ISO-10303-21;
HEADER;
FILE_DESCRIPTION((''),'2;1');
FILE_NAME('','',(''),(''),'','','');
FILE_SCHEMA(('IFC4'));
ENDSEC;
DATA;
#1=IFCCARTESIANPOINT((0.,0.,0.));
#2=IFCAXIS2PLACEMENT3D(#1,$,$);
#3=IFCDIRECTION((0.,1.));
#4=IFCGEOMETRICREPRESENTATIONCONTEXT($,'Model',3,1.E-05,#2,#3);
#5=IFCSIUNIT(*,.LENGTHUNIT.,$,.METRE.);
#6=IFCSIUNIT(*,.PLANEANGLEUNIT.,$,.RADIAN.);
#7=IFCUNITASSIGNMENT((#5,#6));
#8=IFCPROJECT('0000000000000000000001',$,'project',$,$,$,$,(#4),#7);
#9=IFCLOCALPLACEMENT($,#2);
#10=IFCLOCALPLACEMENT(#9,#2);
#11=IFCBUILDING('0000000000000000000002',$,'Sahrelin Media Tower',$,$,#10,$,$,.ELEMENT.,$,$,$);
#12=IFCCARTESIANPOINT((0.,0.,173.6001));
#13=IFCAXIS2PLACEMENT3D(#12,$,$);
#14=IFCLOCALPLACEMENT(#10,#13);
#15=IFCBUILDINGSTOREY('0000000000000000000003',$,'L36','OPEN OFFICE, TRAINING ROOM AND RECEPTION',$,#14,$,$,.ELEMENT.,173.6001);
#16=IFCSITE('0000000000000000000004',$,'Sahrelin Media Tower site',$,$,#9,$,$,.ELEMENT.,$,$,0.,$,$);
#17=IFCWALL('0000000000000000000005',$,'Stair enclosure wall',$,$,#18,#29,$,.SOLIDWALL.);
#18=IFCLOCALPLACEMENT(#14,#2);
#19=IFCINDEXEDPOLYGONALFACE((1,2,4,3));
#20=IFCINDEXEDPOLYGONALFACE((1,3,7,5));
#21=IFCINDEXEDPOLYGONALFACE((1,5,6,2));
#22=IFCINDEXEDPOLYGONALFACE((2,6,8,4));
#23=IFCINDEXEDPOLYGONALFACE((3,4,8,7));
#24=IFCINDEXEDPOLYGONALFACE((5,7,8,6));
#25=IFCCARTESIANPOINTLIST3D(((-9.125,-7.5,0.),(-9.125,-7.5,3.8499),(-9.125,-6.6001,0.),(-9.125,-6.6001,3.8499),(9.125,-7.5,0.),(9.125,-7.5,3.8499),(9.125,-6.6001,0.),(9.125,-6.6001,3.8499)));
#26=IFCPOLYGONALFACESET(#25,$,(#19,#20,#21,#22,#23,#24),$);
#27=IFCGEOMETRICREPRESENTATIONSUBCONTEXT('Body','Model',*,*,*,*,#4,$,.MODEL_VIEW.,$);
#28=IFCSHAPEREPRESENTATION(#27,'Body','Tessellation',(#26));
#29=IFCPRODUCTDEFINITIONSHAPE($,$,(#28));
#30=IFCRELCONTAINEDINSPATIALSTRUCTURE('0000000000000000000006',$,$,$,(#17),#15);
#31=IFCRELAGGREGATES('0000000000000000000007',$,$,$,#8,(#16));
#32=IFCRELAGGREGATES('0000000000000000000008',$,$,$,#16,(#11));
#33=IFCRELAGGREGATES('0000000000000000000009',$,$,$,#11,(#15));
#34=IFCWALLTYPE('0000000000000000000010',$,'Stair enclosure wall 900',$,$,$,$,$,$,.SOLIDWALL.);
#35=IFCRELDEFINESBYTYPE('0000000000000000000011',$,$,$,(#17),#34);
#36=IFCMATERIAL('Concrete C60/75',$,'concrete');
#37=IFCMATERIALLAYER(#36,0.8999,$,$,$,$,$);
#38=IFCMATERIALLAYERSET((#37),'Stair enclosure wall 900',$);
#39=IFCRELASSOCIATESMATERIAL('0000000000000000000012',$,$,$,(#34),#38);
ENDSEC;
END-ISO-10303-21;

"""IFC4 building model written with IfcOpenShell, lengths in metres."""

from ifc_helpers import new_model, si_unit, direction, frame, frame_2d, origin, place, context, subcontext, project, spatial, rectangle, extrude, material, layer, layer_set, type_object, element, save


model = new_model("IFC4")

# Units and contexts
model_context = context("Model", 3, precision=1e-05, world=origin(), true_north=direction((0.0, 1.0)))
body_context = subcontext(model_context, "Body", "Model", "MODEL_VIEW")
ifc_project = project(units=[si_unit("LENGTHUNIT", "METRE"), si_unit("PLANEANGLEUNIT", "RADIAN")], contexts=[model_context])

# Site, building, storey
site_placement = place(None, origin())
site = spatial("IfcSite", under=ifc_project, at=site_placement, Name="Sahrelin Media Tower site", CompositionType="ELEMENT", RefElevation=0.0)
building_placement = place(site_placement, origin())
building = spatial("IfcBuilding", under=site, at=building_placement, Name="Sahrelin Media Tower", CompositionType="ELEMENT")
storey_placement = place(building_placement, frame((0.0, 0.0, 173.6001)))
storey = spatial("IfcBuildingStorey", under=building, at=storey_placement, Name="L36", Description="OPEN OFFICE, TRAINING ROOM AND RECEPTION", CompositionType="ELEMENT", Elevation=173.6001)

# Shared definitions
ifc_material_1 = material(Name="Concrete C60/75", Category="concrete")

# Wall
ifc_layer_1 = layer(ifc_material_1, 0.8999)
ifc_layer_set_1 = layer_set([ifc_layer_1], Name="Stair enclosure wall 900")
wall_type_1 = type_object("IfcWallType", Name="Stair enclosure wall 900", PredefinedType="SOLIDWALL", material=ifc_layer_set_1)
wall_1_placement = place(storey_placement, frame((-9.125, -7.05, 0.0), z_axis=(0.0, 0.0, 1.0), x_axis=(1.0, 0.0, 0.0)))
element("IfcWall", 1, at=wall_1_placement, inside=storey, type_object=wall_type_1, Name="Stair enclosure wall", PredefinedType="SOLIDWALL", context=body_context, shape_type="SweptSolid", body=[
    extrude(rectangle(XDim=18.25, YDim=0.8999, at=frame_2d((9.125, 0.0))), origin(), (0.0, 0.0, 1.0), 3.8499),
])

save(model, "model.ifc")
